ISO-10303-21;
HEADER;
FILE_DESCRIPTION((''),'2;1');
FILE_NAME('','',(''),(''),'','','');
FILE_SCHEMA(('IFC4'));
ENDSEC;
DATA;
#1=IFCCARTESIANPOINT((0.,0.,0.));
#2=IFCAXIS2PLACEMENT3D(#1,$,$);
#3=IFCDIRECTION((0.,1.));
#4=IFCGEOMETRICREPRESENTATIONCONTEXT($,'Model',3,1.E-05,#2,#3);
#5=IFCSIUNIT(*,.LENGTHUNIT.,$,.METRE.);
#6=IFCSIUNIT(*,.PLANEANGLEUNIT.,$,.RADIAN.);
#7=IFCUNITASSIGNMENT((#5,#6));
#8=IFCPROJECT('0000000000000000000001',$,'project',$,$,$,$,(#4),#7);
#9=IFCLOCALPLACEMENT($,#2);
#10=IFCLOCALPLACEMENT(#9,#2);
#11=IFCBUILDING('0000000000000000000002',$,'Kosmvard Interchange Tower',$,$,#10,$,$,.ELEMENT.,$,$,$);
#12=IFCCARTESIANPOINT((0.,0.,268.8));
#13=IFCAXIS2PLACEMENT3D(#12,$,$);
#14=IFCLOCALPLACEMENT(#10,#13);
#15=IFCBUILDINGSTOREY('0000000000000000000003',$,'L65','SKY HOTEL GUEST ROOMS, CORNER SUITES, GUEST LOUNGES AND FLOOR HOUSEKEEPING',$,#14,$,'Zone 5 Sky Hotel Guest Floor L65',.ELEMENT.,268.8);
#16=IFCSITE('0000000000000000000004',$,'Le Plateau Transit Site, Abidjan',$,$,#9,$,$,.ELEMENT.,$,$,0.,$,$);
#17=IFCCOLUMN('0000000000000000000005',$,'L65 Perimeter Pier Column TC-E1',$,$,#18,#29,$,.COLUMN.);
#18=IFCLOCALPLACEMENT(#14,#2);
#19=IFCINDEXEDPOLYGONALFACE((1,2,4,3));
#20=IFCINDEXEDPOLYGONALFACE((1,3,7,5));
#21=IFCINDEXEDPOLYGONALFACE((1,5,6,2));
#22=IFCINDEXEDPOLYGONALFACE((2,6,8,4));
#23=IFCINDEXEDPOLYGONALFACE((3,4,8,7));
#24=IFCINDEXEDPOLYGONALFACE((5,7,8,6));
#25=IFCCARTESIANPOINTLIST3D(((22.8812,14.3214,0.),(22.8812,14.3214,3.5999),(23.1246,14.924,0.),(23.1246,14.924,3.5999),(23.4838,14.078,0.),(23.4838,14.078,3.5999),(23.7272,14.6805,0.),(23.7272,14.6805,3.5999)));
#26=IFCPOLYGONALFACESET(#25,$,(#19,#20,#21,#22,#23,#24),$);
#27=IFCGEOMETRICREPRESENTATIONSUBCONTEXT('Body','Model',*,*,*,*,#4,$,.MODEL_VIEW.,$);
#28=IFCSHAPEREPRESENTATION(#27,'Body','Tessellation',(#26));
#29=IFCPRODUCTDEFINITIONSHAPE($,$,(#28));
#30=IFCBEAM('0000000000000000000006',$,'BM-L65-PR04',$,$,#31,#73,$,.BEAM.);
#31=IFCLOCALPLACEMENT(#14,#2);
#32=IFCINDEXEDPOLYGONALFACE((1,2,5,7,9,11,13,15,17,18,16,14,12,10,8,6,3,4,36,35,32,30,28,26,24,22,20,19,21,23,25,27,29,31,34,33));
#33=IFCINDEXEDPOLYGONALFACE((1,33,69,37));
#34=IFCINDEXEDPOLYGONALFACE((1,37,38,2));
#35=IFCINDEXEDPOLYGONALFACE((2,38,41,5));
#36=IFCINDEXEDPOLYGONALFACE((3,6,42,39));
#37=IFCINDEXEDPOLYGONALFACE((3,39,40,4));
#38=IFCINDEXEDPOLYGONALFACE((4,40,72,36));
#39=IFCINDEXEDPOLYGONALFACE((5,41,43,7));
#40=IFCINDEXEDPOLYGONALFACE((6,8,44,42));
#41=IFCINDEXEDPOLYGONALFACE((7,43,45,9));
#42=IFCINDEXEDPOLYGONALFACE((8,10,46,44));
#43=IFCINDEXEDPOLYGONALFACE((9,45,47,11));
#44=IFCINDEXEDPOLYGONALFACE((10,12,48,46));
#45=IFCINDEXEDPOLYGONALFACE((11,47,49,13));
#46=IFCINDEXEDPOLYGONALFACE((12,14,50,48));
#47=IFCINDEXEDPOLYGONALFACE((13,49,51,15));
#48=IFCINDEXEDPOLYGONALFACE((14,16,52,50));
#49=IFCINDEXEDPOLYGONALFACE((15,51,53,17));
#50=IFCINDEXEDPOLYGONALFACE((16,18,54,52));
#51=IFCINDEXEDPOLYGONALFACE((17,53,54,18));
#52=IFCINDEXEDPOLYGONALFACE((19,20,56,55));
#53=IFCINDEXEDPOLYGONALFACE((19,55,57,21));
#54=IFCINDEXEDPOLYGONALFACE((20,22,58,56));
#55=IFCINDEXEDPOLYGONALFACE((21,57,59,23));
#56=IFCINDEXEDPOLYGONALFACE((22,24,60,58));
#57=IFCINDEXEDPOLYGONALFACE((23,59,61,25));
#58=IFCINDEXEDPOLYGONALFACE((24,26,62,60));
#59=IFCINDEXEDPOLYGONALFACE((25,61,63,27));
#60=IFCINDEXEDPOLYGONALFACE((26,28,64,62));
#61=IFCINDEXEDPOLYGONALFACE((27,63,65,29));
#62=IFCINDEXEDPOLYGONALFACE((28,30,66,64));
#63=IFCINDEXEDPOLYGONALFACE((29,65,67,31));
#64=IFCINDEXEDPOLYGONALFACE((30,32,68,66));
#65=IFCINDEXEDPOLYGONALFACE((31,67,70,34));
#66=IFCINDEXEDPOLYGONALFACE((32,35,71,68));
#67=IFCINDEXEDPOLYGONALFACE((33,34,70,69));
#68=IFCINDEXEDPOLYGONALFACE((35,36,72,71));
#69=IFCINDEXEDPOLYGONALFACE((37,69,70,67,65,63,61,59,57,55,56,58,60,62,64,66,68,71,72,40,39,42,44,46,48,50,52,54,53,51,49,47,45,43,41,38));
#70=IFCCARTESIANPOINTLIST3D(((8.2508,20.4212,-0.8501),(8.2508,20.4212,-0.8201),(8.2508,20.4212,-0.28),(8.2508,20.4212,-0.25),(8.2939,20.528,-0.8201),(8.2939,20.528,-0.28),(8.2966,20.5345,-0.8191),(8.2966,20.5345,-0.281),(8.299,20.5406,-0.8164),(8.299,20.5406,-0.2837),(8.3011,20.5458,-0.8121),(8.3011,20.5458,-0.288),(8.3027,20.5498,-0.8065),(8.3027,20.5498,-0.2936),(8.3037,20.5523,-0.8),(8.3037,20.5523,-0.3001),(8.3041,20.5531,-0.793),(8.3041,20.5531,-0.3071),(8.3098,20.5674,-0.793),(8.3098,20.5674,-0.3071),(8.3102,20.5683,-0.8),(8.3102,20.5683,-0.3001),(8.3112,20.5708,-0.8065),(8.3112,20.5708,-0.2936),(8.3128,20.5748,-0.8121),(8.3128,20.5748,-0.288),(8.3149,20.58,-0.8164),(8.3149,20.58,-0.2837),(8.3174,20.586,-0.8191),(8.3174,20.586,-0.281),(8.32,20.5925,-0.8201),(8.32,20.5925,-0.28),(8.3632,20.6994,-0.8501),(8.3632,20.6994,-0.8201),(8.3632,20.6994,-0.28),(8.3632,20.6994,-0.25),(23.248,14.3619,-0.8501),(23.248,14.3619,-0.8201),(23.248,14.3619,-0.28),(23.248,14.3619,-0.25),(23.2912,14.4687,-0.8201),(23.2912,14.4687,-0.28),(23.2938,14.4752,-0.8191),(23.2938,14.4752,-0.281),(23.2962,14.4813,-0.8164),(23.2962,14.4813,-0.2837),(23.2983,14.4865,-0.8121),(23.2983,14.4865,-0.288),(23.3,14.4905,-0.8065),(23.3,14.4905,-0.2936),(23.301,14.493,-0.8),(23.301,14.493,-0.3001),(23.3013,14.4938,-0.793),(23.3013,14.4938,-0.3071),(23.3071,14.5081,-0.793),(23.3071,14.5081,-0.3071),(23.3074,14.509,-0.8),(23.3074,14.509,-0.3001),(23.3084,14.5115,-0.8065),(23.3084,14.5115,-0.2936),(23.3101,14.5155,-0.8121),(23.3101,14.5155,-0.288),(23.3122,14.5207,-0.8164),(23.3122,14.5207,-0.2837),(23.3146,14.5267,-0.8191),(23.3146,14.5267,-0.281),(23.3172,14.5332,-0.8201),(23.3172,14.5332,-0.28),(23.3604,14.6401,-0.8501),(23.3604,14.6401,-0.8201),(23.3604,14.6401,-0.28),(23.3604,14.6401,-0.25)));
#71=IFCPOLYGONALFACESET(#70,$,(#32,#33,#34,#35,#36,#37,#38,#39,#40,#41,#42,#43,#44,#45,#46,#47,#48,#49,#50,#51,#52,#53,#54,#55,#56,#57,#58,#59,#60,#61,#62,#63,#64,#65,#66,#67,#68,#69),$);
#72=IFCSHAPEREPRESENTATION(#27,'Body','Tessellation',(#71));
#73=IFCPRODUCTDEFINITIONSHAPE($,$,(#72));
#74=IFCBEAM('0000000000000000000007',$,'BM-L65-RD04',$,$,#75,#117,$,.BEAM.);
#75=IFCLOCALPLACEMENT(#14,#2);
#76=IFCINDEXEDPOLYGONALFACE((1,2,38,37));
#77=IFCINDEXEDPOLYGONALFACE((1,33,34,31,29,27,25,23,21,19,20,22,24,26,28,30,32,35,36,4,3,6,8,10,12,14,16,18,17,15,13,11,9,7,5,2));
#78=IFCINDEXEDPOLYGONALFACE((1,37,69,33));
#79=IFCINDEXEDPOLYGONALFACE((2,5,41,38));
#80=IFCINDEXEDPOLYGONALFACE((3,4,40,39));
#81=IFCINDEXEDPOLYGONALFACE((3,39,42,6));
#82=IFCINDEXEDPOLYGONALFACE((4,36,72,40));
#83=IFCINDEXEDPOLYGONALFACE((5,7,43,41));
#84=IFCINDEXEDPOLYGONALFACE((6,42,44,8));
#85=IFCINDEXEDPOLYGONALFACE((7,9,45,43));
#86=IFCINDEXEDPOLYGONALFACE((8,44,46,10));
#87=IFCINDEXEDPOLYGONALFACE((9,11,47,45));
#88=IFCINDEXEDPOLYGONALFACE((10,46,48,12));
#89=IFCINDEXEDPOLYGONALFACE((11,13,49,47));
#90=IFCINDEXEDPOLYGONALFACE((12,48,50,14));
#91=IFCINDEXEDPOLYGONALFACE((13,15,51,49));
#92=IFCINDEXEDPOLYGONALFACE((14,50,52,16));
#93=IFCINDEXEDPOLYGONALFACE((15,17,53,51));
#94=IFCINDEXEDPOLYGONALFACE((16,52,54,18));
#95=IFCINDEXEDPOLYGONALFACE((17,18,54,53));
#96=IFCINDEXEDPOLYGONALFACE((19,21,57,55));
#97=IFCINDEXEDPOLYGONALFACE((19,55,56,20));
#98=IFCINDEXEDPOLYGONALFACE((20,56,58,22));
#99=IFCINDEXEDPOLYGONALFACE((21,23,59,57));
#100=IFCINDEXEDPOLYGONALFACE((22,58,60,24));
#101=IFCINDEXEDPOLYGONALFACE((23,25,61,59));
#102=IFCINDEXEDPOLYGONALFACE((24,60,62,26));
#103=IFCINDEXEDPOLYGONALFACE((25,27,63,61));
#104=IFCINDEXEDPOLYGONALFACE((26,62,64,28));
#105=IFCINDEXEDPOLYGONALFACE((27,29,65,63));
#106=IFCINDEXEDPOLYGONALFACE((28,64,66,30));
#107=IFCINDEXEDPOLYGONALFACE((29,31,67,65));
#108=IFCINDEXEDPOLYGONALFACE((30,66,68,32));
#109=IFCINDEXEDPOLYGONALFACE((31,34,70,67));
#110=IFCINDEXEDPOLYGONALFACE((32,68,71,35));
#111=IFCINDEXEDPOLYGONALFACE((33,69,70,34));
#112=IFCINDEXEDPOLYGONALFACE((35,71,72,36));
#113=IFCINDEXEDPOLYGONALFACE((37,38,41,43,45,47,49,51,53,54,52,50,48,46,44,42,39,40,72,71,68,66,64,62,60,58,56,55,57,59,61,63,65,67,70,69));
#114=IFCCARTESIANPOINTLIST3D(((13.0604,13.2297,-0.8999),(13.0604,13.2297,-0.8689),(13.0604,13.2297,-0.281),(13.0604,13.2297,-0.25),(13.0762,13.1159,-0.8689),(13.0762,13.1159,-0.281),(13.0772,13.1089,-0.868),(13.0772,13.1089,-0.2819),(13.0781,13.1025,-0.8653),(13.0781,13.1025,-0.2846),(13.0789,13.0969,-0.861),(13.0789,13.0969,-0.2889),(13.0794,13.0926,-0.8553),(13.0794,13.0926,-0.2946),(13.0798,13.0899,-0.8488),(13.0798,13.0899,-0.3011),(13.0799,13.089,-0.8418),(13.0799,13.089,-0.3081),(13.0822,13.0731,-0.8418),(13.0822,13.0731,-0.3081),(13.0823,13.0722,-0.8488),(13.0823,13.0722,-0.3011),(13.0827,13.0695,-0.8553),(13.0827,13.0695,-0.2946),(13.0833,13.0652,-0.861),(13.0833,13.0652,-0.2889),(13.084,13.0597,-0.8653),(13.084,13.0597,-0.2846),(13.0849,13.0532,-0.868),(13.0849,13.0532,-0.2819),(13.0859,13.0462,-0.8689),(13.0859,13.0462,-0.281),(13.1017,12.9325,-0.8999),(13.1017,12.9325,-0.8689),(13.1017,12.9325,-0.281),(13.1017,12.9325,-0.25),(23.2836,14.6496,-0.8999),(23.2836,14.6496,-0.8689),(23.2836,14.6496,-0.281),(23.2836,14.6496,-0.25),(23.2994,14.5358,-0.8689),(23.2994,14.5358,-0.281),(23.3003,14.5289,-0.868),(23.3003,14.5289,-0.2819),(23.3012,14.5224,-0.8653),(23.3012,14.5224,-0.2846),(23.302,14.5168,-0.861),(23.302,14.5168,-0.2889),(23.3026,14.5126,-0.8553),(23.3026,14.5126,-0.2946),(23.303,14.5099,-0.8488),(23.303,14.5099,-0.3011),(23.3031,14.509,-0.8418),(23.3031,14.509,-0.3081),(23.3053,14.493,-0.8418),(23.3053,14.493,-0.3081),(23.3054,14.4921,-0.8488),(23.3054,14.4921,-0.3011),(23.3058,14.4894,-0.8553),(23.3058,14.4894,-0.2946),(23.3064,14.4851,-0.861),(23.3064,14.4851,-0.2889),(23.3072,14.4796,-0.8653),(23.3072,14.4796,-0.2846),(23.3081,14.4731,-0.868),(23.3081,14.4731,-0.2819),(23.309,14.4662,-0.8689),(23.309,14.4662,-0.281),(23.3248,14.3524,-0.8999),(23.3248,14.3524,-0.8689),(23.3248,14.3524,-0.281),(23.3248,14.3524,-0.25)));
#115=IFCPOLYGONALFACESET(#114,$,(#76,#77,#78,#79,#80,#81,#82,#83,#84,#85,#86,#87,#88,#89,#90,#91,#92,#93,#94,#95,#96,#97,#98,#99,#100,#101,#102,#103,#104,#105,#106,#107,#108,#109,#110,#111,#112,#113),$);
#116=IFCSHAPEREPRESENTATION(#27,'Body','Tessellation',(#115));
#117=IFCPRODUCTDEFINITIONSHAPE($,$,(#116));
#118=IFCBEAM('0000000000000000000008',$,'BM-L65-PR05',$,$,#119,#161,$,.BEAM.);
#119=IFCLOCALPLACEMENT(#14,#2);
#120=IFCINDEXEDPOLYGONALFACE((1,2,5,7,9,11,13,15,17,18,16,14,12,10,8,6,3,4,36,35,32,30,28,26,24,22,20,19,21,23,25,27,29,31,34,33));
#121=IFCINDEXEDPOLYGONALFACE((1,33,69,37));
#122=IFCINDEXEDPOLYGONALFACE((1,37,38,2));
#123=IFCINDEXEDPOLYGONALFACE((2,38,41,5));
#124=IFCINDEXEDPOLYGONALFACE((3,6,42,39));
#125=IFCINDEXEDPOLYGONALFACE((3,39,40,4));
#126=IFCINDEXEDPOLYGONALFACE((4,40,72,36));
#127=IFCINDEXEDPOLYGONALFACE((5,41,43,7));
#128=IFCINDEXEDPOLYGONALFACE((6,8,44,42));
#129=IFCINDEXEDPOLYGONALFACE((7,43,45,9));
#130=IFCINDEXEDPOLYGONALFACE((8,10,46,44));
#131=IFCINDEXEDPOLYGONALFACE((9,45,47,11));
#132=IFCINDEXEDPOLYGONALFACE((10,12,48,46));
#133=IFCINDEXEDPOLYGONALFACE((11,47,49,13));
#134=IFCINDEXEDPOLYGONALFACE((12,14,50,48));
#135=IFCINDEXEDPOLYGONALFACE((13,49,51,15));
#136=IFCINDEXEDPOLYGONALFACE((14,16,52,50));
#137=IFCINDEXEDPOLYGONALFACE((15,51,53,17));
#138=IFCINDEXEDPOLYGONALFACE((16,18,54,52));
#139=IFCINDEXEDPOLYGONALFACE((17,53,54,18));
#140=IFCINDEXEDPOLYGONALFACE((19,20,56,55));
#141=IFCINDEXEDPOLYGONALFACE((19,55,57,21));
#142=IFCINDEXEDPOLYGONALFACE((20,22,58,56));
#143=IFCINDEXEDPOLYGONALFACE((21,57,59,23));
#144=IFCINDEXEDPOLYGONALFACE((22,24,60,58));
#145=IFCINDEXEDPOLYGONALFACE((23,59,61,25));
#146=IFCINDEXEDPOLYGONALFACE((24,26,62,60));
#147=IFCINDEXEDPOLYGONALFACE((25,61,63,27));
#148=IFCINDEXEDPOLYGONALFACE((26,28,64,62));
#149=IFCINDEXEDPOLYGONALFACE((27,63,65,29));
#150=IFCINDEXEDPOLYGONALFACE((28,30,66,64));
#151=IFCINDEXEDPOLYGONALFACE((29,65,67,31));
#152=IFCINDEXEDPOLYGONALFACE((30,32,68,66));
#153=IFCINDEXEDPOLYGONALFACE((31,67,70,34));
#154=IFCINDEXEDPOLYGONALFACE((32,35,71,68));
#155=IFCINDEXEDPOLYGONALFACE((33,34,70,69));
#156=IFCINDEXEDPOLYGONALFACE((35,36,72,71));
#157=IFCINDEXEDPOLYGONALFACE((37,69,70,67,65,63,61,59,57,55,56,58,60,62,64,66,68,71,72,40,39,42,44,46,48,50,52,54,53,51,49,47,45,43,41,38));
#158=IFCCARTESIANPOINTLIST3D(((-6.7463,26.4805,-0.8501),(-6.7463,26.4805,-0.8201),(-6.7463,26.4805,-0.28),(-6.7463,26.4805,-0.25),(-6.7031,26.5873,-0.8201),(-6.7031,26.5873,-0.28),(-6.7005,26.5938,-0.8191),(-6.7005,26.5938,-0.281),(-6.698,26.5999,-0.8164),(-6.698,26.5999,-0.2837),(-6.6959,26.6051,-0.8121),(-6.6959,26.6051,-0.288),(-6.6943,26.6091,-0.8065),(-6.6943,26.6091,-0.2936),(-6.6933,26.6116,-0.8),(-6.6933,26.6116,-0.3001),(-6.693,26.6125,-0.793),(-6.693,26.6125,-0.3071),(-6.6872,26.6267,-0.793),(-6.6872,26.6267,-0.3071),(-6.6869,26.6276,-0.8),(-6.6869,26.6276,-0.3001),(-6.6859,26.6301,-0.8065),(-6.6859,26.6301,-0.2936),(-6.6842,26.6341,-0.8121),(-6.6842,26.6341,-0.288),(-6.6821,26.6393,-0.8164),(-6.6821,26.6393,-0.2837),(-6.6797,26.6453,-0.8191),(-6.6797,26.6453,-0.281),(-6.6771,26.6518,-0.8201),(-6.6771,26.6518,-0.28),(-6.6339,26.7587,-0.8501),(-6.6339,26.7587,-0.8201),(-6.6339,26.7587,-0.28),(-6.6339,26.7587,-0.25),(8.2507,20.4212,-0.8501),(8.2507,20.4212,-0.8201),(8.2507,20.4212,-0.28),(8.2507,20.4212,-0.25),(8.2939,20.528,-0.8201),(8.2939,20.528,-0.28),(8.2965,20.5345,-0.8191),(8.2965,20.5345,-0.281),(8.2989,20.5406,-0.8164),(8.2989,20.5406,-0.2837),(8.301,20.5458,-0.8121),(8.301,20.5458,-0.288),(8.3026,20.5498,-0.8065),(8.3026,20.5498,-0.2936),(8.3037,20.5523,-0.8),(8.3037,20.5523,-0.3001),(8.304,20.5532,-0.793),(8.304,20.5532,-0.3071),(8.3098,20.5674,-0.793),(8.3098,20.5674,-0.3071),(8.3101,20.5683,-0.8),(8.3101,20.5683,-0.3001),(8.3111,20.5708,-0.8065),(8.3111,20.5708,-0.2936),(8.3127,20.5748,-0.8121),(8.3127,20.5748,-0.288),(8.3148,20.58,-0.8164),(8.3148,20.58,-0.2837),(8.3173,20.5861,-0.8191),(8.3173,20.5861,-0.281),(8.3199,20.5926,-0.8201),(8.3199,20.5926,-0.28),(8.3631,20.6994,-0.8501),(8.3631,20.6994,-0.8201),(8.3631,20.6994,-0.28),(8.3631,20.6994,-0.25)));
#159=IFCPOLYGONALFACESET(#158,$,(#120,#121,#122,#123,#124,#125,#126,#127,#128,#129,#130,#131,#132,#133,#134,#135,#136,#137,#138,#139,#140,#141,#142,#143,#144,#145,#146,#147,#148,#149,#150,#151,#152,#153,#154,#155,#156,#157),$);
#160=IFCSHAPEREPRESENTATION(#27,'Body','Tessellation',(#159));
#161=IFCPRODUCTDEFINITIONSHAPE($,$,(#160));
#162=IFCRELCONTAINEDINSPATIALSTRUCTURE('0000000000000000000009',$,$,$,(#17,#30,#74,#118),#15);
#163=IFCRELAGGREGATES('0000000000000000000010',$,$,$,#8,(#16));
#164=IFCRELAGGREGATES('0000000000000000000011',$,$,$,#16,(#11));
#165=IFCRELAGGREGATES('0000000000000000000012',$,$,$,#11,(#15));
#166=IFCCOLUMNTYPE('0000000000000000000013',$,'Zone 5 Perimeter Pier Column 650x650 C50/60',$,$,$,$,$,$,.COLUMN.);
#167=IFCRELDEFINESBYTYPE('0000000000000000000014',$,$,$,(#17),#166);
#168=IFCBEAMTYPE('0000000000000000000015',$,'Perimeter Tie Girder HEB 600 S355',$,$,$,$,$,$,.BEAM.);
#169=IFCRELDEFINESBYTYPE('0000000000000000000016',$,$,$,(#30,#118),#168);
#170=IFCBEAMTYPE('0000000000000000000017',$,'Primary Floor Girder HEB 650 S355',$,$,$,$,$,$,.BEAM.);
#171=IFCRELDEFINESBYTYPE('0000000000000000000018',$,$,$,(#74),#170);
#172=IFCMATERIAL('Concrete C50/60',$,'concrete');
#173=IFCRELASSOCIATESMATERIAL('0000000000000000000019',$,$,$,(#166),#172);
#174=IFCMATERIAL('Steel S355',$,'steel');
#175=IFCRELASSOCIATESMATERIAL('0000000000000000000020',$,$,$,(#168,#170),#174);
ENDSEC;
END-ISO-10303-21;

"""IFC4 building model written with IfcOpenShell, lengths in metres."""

from ifc_helpers import new_model, si_unit, direction, frame, origin, origin_2d, place, context, subcontext, project, spatial, rectangle, i_section, extrude, source, transform, mapped, material, material_profile, profile_set, type_object, element, save


model = new_model("IFC4")

# Units and contexts
model_context = context("Model", 3, precision=1e-05, world=origin(), true_north=direction((0.0, 1.0)))
body_context = subcontext(model_context, "Body", "Model", "MODEL_VIEW")
ifc_project = project(units=[si_unit("LENGTHUNIT", "METRE"), si_unit("PLANEANGLEUNIT", "RADIAN")], contexts=[model_context])

# Site, building, storey
site_placement = place(None, origin())
site = spatial("IfcSite", under=ifc_project, at=site_placement, Name="Le Plateau Transit Site, Abidjan", CompositionType="ELEMENT", RefElevation=0.0)
building_placement = place(site_placement, origin())
building = spatial("IfcBuilding", under=site, at=building_placement, Name="Kosmvard Interchange Tower", CompositionType="ELEMENT")
storey_placement = place(building_placement, frame((0.0, 0.0, 268.8)))
storey = spatial("IfcBuildingStorey", under=building, at=storey_placement, Name="L65", Description="SKY HOTEL GUEST ROOMS, CORNER SUITES, GUEST LOUNGES AND FLOOR HOUSEKEEPING", LongName="Zone 5 Sky Hotel Guest Floor L65", CompositionType="ELEMENT", Elevation=268.8)

# Column
ifc_material_1 = material(Name="Concrete C50/60", Category="concrete")
ifc_material_profile_1 = material_profile(ifc_material_1, rectangle(XDim=0.6499, YDim=0.6499, at=origin_2d()), Name="TC 650x650")
ifc_profile_set_1 = profile_set([ifc_material_profile_1], Name="Concrete C50/60")
column_type = type_object("IfcColumnType", Name="Zone 5 Perimeter Pier Column 650x650 C50/60", PredefinedType="COLUMN", material=ifc_profile_set_1)
shared_shape_1 = source(origin(), body_context, "Body", "SweptSolid", [
    extrude(rectangle(XDim=0.6499, YDim=0.6499, at=origin_2d()), origin(), (0.0, 0.0, 1.0), 3.5999),
])
column_placement = place(storey_placement, frame((23.3042, 14.501, 0.0), z_axis=(0.0, 0.0, 1.0), x_axis=(0.374607, 0.927184, 0.0)))
element("IfcColumn", 1, at=column_placement, inside=storey, type_object=column_type, Name="L65 Perimeter Pier Column TC-E1", PredefinedType="COLUMN", context=body_context, shape_type="MappedRepresentation", body=[
    mapped(shared_shape_1, transform((0.0, 0.0, 0.0), scale=1.0)),
])

# Beams
ifc_material_2 = material(Name="Steel S355", Category="steel")
ifc_material_profile_2 = material_profile(ifc_material_2, i_section(OverallWidth=0.3, OverallDepth=0.6001, WebThickness=0.0154, FlangeThickness=0.03, FilletRadius=0.0271, at=origin_2d()), Name="HEB 600")
ifc_profile_set_2 = profile_set([ifc_material_profile_2], Name="Steel S355")
beam_type_1 = type_object("IfcBeamType", Name="Perimeter Tie Girder HEB 600 S355", PredefinedType="BEAM", material=ifc_profile_set_2)
shared_shape_2 = source(origin(), body_context, "Body", "SweptSolid", [
    extrude(i_section(OverallWidth=0.3, OverallDepth=0.6001, WebThickness=0.0154, FlangeThickness=0.03, FilletRadius=0.0271, at=origin_2d()), origin(), (0.0, 0.0, 1.0), 16.175),
])
beam_1_placement = place(storey_placement, frame((23.3042, 14.501, -0.55), z_axis=(-0.927183, 0.374608, 0.0), x_axis=(-0.374608, -0.927183, 0.0)))
element("IfcBeam", 2, at=beam_1_placement, inside=storey, type_object=beam_type_1, Name="BM-L65-PR04", PredefinedType="BEAM", context=body_context, shape_type="MappedRepresentation", body=[
    mapped(shared_shape_2, transform((0.0, 0.0, 0.0), scale=1.0)),
])
ifc_material_profile_3 = material_profile(ifc_material_2, i_section(OverallWidth=0.3, OverallDepth=0.6499, WebThickness=0.0161, FlangeThickness=0.031, FilletRadius=0.0271, at=origin_2d()), Name="HEB 650")
ifc_profile_set_3 = profile_set([ifc_material_profile_3], Name="Steel S355")
beam_type_2 = type_object("IfcBeamType", Name="Primary Floor Girder HEB 650 S355", PredefinedType="BEAM", material=ifc_profile_set_3)
shared_shape_3 = source(origin(), body_context, "Body", "SweptSolid", [
    extrude(i_section(OverallWidth=0.3, OverallDepth=0.6499, WebThickness=0.0161, FlangeThickness=0.031, FilletRadius=0.0271, at=origin_2d()), origin(), (0.0, 0.0, 1.0), 10.3213),
])
beam_2_placement = place(storey_placement, frame((13.0811, 13.0811, -0.575), z_axis=(0.990492, 0.137572, 0.0), x_axis=(-0.137572, 0.990492, 0.0)))
element("IfcBeam", 3, at=beam_2_placement, inside=storey, type_object=beam_type_2, Name="BM-L65-RD04", PredefinedType="BEAM", context=body_context, shape_type="MappedRepresentation", body=[
    mapped(shared_shape_3, transform((0.0, 0.0, 0.0), scale=1.0)),
])
shared_shape_4 = source(origin(), body_context, "Body", "SweptSolid", [
    extrude(i_section(OverallWidth=0.3, OverallDepth=0.6001, WebThickness=0.0154, FlangeThickness=0.03, FilletRadius=0.0271, at=origin_2d()), origin(), (0.0, 0.0, 1.0), 16.1748),
])
beam_3_placement = place(storey_placement, frame((8.3069, 20.5603, -0.55), z_axis=(-0.927181, 0.374613, 0.0), x_axis=(-0.374613, -0.927181, 0.0)))
element("IfcBeam", 4, at=beam_3_placement, inside=storey, type_object=beam_type_1, Name="BM-L65-PR05", PredefinedType="BEAM", context=body_context, shape_type="MappedRepresentation", body=[
    mapped(shared_shape_4, transform((0.0, 0.0, 0.0), scale=1.0)),
])

save(model, "model.ifc")
